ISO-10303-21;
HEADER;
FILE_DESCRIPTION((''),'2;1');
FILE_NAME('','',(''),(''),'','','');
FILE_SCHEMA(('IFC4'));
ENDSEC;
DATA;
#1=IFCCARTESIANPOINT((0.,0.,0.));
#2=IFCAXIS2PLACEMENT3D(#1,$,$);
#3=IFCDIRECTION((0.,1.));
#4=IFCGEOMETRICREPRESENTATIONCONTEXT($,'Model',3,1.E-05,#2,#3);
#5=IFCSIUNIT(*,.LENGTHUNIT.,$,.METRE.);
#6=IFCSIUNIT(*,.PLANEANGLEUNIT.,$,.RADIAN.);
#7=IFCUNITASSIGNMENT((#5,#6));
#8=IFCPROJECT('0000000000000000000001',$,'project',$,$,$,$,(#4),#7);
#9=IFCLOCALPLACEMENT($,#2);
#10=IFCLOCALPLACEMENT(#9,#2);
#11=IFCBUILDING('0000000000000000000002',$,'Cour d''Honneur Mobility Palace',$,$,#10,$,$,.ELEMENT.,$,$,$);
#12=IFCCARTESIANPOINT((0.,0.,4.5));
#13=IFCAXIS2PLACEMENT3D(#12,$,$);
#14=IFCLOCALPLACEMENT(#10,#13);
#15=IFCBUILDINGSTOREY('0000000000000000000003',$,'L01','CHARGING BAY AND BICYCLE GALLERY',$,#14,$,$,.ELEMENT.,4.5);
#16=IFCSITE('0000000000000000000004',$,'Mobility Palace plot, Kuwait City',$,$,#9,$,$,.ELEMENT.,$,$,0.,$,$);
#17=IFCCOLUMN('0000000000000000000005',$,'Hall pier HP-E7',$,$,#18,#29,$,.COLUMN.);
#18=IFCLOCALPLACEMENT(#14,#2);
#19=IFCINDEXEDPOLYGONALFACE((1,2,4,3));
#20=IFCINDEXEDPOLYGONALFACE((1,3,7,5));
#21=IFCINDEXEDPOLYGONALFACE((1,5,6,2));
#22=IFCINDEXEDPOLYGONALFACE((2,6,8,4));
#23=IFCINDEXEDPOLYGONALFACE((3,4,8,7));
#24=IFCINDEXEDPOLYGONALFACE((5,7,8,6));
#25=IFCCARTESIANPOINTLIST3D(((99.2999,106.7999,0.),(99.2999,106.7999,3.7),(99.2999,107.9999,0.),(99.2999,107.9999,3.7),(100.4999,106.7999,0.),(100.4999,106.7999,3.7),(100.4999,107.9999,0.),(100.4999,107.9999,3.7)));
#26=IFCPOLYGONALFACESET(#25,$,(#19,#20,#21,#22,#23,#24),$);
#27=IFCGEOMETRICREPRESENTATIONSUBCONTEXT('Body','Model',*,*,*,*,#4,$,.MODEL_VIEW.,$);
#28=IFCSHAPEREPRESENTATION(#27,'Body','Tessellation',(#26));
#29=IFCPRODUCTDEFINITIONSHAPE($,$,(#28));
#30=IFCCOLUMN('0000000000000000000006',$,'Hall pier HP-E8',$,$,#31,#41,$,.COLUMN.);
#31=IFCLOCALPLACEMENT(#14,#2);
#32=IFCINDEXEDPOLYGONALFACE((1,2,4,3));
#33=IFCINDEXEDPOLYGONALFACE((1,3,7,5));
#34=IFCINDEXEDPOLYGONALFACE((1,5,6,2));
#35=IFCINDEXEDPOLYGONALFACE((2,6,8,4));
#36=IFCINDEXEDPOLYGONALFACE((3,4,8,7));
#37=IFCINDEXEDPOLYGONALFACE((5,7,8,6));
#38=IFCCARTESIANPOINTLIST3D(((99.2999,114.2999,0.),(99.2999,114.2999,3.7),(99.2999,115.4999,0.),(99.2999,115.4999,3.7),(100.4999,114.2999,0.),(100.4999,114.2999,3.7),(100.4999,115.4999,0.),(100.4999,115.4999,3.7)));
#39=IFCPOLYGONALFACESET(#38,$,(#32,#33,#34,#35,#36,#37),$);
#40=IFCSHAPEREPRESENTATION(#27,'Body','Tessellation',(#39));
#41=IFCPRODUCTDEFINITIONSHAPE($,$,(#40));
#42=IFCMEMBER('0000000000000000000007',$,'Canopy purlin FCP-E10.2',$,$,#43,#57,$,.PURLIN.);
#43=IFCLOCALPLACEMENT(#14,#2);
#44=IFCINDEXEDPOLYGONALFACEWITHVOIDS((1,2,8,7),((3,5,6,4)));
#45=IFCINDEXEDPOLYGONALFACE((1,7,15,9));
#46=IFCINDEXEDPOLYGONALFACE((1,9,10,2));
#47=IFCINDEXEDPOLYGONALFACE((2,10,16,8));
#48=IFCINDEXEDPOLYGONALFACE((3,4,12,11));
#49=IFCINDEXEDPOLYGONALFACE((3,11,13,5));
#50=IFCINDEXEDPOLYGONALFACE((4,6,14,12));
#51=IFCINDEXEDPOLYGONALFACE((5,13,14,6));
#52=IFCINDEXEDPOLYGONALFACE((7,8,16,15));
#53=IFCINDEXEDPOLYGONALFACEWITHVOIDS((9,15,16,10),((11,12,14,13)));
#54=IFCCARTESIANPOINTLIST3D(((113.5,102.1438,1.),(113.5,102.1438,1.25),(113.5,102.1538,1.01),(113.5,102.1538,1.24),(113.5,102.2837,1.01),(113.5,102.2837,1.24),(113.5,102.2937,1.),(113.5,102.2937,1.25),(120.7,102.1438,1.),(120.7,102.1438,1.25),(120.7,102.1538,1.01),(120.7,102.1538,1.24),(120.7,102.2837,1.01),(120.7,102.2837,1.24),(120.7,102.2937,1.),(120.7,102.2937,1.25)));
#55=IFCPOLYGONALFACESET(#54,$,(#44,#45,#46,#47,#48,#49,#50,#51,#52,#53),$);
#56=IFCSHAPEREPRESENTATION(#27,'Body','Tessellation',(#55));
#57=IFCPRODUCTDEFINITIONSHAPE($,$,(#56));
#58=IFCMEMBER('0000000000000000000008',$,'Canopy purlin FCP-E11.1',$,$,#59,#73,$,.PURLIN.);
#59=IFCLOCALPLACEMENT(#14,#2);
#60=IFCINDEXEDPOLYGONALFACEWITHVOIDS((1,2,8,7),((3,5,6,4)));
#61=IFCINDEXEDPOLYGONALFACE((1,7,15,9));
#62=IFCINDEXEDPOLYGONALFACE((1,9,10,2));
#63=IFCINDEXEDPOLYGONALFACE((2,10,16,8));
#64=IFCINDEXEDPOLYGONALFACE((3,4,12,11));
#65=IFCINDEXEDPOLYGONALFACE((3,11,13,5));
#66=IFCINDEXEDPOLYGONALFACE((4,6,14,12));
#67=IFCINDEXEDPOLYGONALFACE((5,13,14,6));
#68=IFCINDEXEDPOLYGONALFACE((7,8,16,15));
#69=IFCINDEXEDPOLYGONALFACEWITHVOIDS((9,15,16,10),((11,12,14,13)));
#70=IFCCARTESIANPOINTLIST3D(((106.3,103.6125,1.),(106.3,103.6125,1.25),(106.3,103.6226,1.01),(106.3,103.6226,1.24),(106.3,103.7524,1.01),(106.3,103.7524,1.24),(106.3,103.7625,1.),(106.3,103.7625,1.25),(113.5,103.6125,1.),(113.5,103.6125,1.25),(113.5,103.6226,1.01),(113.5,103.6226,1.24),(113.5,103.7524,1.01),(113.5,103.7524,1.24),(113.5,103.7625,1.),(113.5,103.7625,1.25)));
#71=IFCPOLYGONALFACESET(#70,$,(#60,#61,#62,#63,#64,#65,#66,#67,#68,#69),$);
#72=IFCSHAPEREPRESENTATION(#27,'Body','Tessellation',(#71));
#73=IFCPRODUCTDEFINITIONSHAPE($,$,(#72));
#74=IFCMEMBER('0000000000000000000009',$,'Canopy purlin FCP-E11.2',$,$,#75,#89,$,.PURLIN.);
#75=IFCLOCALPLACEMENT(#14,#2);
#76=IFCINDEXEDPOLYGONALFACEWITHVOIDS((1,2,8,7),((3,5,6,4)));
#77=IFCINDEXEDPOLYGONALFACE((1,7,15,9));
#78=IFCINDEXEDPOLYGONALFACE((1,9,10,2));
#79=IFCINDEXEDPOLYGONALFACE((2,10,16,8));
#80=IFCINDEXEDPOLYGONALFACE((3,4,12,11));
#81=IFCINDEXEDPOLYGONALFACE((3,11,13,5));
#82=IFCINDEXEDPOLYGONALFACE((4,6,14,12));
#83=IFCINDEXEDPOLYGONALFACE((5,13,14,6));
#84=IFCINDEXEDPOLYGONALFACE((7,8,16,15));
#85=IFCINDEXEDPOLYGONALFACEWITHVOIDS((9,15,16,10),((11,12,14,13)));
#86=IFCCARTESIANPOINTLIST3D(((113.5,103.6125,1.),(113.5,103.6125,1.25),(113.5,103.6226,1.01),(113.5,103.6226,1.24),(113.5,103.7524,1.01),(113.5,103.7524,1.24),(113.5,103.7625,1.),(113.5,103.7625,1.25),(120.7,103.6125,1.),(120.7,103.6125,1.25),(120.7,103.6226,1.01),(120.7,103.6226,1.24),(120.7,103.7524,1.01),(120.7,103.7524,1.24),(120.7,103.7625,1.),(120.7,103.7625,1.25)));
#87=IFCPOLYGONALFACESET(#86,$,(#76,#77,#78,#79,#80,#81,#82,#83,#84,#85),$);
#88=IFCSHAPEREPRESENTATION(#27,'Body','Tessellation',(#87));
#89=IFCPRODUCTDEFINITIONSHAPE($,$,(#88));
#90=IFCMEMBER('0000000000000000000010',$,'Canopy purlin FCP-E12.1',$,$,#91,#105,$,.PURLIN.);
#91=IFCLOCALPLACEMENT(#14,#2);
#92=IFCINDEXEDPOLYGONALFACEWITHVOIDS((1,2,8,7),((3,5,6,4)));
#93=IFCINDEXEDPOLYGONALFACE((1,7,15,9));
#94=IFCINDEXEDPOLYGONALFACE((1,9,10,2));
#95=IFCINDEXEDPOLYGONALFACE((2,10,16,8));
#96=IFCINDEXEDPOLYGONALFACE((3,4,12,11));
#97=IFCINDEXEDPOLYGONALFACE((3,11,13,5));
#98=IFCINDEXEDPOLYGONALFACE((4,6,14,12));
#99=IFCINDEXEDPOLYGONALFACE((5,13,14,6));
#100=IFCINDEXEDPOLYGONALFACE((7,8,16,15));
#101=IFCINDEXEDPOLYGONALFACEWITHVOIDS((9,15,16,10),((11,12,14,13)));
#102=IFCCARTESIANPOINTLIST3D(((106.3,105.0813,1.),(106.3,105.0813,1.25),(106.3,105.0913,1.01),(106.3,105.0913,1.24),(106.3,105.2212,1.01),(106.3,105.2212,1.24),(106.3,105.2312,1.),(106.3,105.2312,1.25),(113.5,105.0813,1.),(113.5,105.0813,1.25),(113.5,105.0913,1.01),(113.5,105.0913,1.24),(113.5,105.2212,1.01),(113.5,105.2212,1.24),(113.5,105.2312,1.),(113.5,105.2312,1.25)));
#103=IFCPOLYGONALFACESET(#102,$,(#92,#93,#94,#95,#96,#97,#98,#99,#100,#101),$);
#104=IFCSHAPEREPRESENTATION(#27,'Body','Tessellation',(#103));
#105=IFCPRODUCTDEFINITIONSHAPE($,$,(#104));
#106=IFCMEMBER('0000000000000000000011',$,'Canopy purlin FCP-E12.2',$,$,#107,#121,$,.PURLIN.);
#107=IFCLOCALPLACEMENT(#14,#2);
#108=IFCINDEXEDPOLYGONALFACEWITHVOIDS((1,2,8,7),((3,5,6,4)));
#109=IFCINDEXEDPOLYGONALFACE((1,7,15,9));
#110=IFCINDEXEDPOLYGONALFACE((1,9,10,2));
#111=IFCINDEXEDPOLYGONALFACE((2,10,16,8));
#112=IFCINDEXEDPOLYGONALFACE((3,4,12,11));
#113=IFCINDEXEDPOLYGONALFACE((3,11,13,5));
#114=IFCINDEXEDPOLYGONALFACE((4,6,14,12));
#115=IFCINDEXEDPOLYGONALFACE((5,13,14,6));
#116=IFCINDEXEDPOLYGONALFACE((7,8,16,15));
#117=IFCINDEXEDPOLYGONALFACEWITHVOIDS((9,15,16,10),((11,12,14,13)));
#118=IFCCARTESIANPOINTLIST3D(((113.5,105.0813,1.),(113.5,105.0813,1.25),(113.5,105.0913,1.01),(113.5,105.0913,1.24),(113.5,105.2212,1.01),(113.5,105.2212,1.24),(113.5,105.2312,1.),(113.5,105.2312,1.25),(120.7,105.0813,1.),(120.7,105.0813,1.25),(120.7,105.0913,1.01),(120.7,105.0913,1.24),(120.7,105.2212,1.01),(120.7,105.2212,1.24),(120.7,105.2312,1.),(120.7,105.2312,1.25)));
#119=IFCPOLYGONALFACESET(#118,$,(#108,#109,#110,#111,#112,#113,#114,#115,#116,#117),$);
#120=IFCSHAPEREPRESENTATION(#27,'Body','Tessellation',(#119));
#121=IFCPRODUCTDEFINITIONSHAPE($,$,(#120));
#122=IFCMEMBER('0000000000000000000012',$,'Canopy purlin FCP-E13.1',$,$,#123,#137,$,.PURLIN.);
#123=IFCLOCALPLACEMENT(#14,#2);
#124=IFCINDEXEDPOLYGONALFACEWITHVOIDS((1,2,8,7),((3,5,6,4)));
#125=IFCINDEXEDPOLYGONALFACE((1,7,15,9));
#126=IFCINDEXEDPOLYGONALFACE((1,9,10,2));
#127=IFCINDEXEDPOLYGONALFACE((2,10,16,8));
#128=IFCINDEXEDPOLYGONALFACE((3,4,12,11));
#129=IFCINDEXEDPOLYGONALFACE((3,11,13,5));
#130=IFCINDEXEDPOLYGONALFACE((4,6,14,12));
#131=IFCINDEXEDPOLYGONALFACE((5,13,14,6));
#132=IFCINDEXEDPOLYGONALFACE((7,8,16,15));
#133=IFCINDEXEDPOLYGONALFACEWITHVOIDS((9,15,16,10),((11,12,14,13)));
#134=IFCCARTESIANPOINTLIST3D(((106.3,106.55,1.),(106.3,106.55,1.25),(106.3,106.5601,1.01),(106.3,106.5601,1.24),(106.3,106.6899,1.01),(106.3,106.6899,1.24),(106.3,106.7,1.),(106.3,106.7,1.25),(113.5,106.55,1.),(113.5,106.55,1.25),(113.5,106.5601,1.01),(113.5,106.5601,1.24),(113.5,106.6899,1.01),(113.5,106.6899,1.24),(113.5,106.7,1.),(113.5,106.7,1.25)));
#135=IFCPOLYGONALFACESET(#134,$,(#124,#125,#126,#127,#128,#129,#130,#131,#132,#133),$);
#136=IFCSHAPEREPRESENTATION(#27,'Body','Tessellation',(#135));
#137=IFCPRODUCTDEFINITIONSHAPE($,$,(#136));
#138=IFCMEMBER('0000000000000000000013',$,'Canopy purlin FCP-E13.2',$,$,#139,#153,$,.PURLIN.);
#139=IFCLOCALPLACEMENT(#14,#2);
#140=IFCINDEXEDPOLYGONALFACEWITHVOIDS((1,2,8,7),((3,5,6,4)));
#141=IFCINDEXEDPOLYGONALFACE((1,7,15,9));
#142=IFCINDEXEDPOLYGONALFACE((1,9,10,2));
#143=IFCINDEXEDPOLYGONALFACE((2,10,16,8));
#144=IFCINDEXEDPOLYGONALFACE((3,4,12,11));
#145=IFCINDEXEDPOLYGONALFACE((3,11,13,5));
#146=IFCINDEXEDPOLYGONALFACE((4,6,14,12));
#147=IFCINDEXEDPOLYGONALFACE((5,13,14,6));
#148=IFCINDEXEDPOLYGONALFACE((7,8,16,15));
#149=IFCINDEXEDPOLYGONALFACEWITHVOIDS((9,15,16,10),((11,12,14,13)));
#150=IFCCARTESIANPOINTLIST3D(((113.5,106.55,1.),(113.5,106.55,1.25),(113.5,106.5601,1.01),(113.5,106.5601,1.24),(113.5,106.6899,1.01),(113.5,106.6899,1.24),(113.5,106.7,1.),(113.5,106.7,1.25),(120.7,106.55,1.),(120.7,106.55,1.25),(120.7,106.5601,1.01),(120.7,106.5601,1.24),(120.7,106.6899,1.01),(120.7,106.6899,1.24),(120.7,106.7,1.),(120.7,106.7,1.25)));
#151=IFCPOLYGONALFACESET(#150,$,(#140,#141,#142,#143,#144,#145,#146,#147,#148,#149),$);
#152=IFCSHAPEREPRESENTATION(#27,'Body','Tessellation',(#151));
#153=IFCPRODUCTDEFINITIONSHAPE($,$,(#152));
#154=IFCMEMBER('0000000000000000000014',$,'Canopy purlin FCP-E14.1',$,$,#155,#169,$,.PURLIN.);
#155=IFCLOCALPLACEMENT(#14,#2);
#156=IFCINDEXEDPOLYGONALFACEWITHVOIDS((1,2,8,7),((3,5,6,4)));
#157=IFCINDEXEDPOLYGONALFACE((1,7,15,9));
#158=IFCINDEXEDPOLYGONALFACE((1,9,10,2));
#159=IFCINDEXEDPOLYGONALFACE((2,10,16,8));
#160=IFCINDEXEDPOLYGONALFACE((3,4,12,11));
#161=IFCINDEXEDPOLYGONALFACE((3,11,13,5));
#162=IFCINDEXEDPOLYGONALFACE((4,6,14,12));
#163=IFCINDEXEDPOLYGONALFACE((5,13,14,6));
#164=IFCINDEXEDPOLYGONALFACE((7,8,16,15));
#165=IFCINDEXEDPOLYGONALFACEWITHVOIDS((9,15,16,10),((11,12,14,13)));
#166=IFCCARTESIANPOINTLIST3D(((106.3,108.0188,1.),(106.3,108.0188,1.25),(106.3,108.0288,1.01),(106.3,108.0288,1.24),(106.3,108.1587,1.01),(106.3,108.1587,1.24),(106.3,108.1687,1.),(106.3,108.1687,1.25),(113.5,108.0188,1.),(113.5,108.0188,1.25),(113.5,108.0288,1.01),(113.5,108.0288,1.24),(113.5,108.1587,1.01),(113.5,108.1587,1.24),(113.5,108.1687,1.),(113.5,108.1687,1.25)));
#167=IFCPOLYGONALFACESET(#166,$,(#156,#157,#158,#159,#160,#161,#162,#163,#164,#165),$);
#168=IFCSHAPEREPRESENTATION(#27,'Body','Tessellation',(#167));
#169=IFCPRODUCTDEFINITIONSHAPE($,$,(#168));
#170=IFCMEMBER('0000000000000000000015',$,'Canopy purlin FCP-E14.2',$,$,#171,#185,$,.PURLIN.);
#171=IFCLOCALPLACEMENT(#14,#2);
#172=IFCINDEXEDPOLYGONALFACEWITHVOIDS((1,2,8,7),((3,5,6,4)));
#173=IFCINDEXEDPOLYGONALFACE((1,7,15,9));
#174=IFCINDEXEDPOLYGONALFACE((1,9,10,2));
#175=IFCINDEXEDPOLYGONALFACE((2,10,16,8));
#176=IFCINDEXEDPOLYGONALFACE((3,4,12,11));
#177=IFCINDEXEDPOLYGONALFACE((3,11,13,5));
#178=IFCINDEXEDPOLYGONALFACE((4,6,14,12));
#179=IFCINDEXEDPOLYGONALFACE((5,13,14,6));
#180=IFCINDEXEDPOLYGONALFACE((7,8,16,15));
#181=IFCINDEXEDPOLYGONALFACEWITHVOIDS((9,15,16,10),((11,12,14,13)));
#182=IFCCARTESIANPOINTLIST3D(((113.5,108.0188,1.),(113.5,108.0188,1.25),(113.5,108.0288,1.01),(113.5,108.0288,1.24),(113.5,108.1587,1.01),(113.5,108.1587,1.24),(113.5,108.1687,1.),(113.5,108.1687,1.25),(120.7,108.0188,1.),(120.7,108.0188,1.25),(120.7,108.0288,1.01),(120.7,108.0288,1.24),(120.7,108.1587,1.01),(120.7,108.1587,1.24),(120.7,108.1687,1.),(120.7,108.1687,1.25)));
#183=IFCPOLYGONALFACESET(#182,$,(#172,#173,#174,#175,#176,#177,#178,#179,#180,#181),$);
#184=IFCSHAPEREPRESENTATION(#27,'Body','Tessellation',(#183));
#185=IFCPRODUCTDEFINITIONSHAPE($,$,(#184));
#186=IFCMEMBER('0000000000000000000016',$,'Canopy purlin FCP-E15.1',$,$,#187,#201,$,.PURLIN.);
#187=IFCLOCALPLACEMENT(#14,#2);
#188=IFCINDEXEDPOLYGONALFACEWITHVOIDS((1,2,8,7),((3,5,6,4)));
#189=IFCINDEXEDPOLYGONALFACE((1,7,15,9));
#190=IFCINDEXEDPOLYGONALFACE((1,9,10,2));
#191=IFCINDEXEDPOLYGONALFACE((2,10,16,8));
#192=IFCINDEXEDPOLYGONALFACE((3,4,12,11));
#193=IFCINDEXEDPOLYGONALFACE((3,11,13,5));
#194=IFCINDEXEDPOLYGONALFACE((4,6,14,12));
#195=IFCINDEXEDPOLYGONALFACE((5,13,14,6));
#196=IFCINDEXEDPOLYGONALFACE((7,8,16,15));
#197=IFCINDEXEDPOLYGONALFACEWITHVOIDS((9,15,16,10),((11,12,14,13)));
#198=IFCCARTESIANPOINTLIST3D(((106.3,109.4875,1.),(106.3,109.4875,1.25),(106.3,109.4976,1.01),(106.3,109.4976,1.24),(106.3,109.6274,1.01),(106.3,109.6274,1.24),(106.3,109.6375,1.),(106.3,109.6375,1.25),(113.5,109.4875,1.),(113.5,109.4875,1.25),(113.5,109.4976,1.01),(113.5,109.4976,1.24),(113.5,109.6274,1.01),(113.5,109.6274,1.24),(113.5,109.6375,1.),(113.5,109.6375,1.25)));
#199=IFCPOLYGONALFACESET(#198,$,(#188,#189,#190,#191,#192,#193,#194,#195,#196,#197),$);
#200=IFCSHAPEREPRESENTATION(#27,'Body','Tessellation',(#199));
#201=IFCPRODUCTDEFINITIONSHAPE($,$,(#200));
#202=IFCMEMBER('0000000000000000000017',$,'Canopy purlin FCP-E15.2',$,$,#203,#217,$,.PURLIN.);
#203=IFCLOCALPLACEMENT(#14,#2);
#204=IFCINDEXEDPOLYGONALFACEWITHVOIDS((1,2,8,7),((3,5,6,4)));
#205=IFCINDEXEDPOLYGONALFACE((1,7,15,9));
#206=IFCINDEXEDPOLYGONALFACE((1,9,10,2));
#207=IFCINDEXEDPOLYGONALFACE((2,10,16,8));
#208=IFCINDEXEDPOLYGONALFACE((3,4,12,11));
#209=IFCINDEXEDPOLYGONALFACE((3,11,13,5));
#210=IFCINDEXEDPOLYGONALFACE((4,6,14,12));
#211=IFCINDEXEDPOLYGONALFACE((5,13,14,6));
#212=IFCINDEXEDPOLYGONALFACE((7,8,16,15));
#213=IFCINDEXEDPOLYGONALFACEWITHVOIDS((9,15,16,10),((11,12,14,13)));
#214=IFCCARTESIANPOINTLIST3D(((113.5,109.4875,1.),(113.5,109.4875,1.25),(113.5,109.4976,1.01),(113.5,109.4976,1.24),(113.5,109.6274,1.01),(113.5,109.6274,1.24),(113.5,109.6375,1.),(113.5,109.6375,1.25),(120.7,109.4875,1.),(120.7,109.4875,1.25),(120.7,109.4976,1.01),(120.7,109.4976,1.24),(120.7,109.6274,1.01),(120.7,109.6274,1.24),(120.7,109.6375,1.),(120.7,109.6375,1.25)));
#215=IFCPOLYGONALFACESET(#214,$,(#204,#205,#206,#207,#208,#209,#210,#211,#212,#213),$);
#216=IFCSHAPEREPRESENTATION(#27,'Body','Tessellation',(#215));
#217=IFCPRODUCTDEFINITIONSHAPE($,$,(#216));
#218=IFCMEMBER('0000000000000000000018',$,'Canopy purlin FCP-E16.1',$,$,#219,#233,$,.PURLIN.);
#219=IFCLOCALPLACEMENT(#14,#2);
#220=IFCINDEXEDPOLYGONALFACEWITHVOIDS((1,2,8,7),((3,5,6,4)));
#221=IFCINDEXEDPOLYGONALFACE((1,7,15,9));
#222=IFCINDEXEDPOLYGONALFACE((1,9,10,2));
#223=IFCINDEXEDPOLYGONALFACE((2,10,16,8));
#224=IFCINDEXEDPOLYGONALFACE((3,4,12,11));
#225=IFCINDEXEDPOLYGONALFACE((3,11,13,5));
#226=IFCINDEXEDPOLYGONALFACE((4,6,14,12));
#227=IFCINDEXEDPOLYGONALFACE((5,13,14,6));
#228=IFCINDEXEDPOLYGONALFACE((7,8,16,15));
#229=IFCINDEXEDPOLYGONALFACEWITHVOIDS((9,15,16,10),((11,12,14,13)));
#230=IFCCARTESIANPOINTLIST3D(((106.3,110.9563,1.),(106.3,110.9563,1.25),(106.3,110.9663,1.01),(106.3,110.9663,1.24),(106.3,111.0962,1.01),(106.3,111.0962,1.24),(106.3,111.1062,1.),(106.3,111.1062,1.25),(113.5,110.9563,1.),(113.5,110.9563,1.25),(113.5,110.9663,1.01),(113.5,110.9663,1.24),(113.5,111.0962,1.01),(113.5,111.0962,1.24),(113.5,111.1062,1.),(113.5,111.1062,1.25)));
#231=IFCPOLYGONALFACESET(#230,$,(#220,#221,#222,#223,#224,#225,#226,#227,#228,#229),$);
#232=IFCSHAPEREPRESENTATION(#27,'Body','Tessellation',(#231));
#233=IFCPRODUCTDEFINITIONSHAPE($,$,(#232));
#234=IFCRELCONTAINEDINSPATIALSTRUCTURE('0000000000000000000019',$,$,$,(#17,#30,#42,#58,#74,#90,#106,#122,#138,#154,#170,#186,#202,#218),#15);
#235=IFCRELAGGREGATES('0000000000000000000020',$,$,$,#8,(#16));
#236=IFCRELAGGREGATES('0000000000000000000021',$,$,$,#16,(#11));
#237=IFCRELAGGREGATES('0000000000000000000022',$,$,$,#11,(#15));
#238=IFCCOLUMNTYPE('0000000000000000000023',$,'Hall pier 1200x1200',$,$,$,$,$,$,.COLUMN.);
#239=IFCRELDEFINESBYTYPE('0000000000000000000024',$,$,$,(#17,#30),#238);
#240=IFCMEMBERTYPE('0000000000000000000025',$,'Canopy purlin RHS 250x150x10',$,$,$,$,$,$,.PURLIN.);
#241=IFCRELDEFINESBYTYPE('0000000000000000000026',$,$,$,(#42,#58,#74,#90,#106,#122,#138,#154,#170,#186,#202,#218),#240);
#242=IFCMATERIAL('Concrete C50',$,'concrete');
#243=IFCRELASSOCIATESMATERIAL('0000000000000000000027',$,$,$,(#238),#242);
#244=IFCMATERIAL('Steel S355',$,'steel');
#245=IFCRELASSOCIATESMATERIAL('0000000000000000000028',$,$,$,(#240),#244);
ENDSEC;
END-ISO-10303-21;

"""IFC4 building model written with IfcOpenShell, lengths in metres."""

from ifc_helpers import new_model, si_unit, direction, frame, origin, origin_2d, place, context, subcontext, project, spatial, rectangle, hollow_rectangle, extrude, material, material_profile, profile_set, type_object, element, save


model = new_model("IFC4")

# Units and contexts
model_context = context("Model", 3, precision=1e-05, world=origin(), true_north=direction((0.0, 1.0)))
body_context = subcontext(model_context, "Body", "Model", "MODEL_VIEW")
ifc_project = project(units=[si_unit("LENGTHUNIT", "METRE"), si_unit("PLANEANGLEUNIT", "RADIAN")], contexts=[model_context])

# Site, building, storey
site_placement = place(None, origin())
site = spatial("IfcSite", under=ifc_project, at=site_placement, Name="Mobility Palace plot, Kuwait City", CompositionType="ELEMENT", RefElevation=0.0)
building_placement = place(site_placement, origin())
building = spatial("IfcBuilding", under=site, at=building_placement, Name="Cour d'Honneur Mobility Palace", CompositionType="ELEMENT")
storey_placement = place(building_placement, frame((0.0, 0.0, 4.5)))
storey = spatial("IfcBuildingStorey", under=building, at=storey_placement, Name="L01", Description="CHARGING BAY AND BICYCLE GALLERY", CompositionType="ELEMENT", Elevation=4.5)

# Columns
ifc_material_1 = material(Name="Concrete C50", Category="concrete")
ifc_material_profile_1 = material_profile(ifc_material_1, rectangle(XDim=1.2, YDim=1.2, at=origin_2d()), Name="Hall pier 1200x1200")
ifc_profile_set_1 = profile_set([ifc_material_profile_1], Name="Concrete C50")
column_type = type_object("IfcColumnType", Name="Hall pier 1200x1200", PredefinedType="COLUMN", material=ifc_profile_set_1)
for number, where, z_axis, x_axis, name in (
    (1, (99.8999, 107.3999, 0.0), (0.0, 0.0, 1.0), (1.0, 0.0, 0.0), "Hall pier HP-E7"),
    (2, (99.8999, 114.8999, 0.0), (0.0, 0.0, 1.0), (1.0, 0.0, 0.0), "Hall pier HP-E8"),
):
    element("IfcColumn", number, at=place(storey_placement, frame(where, z_axis=z_axis, x_axis=x_axis)), inside=storey, type_object=column_type, Name=name, PredefinedType="COLUMN", context=body_context, shape_type="SweptSolid", body=[
        extrude(rectangle(XDim=1.2, YDim=1.2, at=origin_2d()), origin(), (0.0, 0.0, 1.0), 3.7),
    ])

# Members
ifc_material_2 = material(Name="Steel S355", Category="steel")
ifc_material_profile_2 = material_profile(ifc_material_2, hollow_rectangle(XDim=0.1499, YDim=0.25, WallThickness=0.01, at=origin_2d()), Name="RHS 250x150x10")
ifc_profile_set_2 = profile_set([ifc_material_profile_2], Name="Steel S355")
member_type_1 = type_object("IfcMemberType", Name="Canopy purlin RHS 250x150x10", PredefinedType="PURLIN", material=ifc_profile_set_2)
for number, where, z_axis, x_axis, name in (
    (3, (113.5, 102.2188, 1.125), (1.0, 0.0, 0.0), (0.0, 1.0, 0.0), "Canopy purlin FCP-E10.2"),
    (4, (106.3, 103.6875, 1.125), (1.0, 0.0, 0.0), (0.0, 1.0, 0.0), "Canopy purlin FCP-E11.1"),
    (5, (113.5, 103.6875, 1.125), (1.0, 0.0, 0.0), (0.0, 1.0, 0.0), "Canopy purlin FCP-E11.2"),
    (6, (106.3, 105.1562, 1.125), (1.0, 0.0, 0.0), (0.0, 1.0, 0.0), "Canopy purlin FCP-E12.1"),
    (7, (113.5, 105.1562, 1.125), (1.0, 0.0, 0.0), (0.0, 1.0, 0.0), "Canopy purlin FCP-E12.2"),
    (8, (106.3, 106.625, 1.125), (1.0, 0.0, 0.0), (0.0, 1.0, 0.0), "Canopy purlin FCP-E13.1"),
    (9, (113.5, 106.625, 1.125), (1.0, 0.0, 0.0), (0.0, 1.0, 0.0), "Canopy purlin FCP-E13.2"),
    (10, (106.3, 108.0938, 1.125), (1.0, 0.0, 0.0), (0.0, 1.0, 0.0), "Canopy purlin FCP-E14.1"),
    (11, (113.5, 108.0938, 1.125), (1.0, 0.0, 0.0), (0.0, 1.0, 0.0), "Canopy purlin FCP-E14.2"),
    (12, (106.3, 109.5625, 1.125), (1.0, 0.0, 0.0), (0.0, 1.0, 0.0), "Canopy purlin FCP-E15.1"),
    (13, (113.5, 109.5625, 1.125), (1.0, 0.0, 0.0), (0.0, 1.0, 0.0), "Canopy purlin FCP-E15.2"),
    (14, (106.3, 111.0312, 1.125), (1.0, 0.0, 0.0), (0.0, 1.0, 0.0), "Canopy purlin FCP-E16.1"),
):
    element("IfcMember", number, at=place(storey_placement, frame(where, z_axis=z_axis, x_axis=x_axis)), inside=storey, type_object=member_type_1, Name=name, PredefinedType="PURLIN", context=body_context, shape_type="SweptSolid", body=[
        extrude(hollow_rectangle(XDim=0.1499, YDim=0.25, WallThickness=0.01, at=origin_2d()), origin(), (0.0, 0.0, 1.0), 7.2),
    ])

save(model, "model.ifc")
